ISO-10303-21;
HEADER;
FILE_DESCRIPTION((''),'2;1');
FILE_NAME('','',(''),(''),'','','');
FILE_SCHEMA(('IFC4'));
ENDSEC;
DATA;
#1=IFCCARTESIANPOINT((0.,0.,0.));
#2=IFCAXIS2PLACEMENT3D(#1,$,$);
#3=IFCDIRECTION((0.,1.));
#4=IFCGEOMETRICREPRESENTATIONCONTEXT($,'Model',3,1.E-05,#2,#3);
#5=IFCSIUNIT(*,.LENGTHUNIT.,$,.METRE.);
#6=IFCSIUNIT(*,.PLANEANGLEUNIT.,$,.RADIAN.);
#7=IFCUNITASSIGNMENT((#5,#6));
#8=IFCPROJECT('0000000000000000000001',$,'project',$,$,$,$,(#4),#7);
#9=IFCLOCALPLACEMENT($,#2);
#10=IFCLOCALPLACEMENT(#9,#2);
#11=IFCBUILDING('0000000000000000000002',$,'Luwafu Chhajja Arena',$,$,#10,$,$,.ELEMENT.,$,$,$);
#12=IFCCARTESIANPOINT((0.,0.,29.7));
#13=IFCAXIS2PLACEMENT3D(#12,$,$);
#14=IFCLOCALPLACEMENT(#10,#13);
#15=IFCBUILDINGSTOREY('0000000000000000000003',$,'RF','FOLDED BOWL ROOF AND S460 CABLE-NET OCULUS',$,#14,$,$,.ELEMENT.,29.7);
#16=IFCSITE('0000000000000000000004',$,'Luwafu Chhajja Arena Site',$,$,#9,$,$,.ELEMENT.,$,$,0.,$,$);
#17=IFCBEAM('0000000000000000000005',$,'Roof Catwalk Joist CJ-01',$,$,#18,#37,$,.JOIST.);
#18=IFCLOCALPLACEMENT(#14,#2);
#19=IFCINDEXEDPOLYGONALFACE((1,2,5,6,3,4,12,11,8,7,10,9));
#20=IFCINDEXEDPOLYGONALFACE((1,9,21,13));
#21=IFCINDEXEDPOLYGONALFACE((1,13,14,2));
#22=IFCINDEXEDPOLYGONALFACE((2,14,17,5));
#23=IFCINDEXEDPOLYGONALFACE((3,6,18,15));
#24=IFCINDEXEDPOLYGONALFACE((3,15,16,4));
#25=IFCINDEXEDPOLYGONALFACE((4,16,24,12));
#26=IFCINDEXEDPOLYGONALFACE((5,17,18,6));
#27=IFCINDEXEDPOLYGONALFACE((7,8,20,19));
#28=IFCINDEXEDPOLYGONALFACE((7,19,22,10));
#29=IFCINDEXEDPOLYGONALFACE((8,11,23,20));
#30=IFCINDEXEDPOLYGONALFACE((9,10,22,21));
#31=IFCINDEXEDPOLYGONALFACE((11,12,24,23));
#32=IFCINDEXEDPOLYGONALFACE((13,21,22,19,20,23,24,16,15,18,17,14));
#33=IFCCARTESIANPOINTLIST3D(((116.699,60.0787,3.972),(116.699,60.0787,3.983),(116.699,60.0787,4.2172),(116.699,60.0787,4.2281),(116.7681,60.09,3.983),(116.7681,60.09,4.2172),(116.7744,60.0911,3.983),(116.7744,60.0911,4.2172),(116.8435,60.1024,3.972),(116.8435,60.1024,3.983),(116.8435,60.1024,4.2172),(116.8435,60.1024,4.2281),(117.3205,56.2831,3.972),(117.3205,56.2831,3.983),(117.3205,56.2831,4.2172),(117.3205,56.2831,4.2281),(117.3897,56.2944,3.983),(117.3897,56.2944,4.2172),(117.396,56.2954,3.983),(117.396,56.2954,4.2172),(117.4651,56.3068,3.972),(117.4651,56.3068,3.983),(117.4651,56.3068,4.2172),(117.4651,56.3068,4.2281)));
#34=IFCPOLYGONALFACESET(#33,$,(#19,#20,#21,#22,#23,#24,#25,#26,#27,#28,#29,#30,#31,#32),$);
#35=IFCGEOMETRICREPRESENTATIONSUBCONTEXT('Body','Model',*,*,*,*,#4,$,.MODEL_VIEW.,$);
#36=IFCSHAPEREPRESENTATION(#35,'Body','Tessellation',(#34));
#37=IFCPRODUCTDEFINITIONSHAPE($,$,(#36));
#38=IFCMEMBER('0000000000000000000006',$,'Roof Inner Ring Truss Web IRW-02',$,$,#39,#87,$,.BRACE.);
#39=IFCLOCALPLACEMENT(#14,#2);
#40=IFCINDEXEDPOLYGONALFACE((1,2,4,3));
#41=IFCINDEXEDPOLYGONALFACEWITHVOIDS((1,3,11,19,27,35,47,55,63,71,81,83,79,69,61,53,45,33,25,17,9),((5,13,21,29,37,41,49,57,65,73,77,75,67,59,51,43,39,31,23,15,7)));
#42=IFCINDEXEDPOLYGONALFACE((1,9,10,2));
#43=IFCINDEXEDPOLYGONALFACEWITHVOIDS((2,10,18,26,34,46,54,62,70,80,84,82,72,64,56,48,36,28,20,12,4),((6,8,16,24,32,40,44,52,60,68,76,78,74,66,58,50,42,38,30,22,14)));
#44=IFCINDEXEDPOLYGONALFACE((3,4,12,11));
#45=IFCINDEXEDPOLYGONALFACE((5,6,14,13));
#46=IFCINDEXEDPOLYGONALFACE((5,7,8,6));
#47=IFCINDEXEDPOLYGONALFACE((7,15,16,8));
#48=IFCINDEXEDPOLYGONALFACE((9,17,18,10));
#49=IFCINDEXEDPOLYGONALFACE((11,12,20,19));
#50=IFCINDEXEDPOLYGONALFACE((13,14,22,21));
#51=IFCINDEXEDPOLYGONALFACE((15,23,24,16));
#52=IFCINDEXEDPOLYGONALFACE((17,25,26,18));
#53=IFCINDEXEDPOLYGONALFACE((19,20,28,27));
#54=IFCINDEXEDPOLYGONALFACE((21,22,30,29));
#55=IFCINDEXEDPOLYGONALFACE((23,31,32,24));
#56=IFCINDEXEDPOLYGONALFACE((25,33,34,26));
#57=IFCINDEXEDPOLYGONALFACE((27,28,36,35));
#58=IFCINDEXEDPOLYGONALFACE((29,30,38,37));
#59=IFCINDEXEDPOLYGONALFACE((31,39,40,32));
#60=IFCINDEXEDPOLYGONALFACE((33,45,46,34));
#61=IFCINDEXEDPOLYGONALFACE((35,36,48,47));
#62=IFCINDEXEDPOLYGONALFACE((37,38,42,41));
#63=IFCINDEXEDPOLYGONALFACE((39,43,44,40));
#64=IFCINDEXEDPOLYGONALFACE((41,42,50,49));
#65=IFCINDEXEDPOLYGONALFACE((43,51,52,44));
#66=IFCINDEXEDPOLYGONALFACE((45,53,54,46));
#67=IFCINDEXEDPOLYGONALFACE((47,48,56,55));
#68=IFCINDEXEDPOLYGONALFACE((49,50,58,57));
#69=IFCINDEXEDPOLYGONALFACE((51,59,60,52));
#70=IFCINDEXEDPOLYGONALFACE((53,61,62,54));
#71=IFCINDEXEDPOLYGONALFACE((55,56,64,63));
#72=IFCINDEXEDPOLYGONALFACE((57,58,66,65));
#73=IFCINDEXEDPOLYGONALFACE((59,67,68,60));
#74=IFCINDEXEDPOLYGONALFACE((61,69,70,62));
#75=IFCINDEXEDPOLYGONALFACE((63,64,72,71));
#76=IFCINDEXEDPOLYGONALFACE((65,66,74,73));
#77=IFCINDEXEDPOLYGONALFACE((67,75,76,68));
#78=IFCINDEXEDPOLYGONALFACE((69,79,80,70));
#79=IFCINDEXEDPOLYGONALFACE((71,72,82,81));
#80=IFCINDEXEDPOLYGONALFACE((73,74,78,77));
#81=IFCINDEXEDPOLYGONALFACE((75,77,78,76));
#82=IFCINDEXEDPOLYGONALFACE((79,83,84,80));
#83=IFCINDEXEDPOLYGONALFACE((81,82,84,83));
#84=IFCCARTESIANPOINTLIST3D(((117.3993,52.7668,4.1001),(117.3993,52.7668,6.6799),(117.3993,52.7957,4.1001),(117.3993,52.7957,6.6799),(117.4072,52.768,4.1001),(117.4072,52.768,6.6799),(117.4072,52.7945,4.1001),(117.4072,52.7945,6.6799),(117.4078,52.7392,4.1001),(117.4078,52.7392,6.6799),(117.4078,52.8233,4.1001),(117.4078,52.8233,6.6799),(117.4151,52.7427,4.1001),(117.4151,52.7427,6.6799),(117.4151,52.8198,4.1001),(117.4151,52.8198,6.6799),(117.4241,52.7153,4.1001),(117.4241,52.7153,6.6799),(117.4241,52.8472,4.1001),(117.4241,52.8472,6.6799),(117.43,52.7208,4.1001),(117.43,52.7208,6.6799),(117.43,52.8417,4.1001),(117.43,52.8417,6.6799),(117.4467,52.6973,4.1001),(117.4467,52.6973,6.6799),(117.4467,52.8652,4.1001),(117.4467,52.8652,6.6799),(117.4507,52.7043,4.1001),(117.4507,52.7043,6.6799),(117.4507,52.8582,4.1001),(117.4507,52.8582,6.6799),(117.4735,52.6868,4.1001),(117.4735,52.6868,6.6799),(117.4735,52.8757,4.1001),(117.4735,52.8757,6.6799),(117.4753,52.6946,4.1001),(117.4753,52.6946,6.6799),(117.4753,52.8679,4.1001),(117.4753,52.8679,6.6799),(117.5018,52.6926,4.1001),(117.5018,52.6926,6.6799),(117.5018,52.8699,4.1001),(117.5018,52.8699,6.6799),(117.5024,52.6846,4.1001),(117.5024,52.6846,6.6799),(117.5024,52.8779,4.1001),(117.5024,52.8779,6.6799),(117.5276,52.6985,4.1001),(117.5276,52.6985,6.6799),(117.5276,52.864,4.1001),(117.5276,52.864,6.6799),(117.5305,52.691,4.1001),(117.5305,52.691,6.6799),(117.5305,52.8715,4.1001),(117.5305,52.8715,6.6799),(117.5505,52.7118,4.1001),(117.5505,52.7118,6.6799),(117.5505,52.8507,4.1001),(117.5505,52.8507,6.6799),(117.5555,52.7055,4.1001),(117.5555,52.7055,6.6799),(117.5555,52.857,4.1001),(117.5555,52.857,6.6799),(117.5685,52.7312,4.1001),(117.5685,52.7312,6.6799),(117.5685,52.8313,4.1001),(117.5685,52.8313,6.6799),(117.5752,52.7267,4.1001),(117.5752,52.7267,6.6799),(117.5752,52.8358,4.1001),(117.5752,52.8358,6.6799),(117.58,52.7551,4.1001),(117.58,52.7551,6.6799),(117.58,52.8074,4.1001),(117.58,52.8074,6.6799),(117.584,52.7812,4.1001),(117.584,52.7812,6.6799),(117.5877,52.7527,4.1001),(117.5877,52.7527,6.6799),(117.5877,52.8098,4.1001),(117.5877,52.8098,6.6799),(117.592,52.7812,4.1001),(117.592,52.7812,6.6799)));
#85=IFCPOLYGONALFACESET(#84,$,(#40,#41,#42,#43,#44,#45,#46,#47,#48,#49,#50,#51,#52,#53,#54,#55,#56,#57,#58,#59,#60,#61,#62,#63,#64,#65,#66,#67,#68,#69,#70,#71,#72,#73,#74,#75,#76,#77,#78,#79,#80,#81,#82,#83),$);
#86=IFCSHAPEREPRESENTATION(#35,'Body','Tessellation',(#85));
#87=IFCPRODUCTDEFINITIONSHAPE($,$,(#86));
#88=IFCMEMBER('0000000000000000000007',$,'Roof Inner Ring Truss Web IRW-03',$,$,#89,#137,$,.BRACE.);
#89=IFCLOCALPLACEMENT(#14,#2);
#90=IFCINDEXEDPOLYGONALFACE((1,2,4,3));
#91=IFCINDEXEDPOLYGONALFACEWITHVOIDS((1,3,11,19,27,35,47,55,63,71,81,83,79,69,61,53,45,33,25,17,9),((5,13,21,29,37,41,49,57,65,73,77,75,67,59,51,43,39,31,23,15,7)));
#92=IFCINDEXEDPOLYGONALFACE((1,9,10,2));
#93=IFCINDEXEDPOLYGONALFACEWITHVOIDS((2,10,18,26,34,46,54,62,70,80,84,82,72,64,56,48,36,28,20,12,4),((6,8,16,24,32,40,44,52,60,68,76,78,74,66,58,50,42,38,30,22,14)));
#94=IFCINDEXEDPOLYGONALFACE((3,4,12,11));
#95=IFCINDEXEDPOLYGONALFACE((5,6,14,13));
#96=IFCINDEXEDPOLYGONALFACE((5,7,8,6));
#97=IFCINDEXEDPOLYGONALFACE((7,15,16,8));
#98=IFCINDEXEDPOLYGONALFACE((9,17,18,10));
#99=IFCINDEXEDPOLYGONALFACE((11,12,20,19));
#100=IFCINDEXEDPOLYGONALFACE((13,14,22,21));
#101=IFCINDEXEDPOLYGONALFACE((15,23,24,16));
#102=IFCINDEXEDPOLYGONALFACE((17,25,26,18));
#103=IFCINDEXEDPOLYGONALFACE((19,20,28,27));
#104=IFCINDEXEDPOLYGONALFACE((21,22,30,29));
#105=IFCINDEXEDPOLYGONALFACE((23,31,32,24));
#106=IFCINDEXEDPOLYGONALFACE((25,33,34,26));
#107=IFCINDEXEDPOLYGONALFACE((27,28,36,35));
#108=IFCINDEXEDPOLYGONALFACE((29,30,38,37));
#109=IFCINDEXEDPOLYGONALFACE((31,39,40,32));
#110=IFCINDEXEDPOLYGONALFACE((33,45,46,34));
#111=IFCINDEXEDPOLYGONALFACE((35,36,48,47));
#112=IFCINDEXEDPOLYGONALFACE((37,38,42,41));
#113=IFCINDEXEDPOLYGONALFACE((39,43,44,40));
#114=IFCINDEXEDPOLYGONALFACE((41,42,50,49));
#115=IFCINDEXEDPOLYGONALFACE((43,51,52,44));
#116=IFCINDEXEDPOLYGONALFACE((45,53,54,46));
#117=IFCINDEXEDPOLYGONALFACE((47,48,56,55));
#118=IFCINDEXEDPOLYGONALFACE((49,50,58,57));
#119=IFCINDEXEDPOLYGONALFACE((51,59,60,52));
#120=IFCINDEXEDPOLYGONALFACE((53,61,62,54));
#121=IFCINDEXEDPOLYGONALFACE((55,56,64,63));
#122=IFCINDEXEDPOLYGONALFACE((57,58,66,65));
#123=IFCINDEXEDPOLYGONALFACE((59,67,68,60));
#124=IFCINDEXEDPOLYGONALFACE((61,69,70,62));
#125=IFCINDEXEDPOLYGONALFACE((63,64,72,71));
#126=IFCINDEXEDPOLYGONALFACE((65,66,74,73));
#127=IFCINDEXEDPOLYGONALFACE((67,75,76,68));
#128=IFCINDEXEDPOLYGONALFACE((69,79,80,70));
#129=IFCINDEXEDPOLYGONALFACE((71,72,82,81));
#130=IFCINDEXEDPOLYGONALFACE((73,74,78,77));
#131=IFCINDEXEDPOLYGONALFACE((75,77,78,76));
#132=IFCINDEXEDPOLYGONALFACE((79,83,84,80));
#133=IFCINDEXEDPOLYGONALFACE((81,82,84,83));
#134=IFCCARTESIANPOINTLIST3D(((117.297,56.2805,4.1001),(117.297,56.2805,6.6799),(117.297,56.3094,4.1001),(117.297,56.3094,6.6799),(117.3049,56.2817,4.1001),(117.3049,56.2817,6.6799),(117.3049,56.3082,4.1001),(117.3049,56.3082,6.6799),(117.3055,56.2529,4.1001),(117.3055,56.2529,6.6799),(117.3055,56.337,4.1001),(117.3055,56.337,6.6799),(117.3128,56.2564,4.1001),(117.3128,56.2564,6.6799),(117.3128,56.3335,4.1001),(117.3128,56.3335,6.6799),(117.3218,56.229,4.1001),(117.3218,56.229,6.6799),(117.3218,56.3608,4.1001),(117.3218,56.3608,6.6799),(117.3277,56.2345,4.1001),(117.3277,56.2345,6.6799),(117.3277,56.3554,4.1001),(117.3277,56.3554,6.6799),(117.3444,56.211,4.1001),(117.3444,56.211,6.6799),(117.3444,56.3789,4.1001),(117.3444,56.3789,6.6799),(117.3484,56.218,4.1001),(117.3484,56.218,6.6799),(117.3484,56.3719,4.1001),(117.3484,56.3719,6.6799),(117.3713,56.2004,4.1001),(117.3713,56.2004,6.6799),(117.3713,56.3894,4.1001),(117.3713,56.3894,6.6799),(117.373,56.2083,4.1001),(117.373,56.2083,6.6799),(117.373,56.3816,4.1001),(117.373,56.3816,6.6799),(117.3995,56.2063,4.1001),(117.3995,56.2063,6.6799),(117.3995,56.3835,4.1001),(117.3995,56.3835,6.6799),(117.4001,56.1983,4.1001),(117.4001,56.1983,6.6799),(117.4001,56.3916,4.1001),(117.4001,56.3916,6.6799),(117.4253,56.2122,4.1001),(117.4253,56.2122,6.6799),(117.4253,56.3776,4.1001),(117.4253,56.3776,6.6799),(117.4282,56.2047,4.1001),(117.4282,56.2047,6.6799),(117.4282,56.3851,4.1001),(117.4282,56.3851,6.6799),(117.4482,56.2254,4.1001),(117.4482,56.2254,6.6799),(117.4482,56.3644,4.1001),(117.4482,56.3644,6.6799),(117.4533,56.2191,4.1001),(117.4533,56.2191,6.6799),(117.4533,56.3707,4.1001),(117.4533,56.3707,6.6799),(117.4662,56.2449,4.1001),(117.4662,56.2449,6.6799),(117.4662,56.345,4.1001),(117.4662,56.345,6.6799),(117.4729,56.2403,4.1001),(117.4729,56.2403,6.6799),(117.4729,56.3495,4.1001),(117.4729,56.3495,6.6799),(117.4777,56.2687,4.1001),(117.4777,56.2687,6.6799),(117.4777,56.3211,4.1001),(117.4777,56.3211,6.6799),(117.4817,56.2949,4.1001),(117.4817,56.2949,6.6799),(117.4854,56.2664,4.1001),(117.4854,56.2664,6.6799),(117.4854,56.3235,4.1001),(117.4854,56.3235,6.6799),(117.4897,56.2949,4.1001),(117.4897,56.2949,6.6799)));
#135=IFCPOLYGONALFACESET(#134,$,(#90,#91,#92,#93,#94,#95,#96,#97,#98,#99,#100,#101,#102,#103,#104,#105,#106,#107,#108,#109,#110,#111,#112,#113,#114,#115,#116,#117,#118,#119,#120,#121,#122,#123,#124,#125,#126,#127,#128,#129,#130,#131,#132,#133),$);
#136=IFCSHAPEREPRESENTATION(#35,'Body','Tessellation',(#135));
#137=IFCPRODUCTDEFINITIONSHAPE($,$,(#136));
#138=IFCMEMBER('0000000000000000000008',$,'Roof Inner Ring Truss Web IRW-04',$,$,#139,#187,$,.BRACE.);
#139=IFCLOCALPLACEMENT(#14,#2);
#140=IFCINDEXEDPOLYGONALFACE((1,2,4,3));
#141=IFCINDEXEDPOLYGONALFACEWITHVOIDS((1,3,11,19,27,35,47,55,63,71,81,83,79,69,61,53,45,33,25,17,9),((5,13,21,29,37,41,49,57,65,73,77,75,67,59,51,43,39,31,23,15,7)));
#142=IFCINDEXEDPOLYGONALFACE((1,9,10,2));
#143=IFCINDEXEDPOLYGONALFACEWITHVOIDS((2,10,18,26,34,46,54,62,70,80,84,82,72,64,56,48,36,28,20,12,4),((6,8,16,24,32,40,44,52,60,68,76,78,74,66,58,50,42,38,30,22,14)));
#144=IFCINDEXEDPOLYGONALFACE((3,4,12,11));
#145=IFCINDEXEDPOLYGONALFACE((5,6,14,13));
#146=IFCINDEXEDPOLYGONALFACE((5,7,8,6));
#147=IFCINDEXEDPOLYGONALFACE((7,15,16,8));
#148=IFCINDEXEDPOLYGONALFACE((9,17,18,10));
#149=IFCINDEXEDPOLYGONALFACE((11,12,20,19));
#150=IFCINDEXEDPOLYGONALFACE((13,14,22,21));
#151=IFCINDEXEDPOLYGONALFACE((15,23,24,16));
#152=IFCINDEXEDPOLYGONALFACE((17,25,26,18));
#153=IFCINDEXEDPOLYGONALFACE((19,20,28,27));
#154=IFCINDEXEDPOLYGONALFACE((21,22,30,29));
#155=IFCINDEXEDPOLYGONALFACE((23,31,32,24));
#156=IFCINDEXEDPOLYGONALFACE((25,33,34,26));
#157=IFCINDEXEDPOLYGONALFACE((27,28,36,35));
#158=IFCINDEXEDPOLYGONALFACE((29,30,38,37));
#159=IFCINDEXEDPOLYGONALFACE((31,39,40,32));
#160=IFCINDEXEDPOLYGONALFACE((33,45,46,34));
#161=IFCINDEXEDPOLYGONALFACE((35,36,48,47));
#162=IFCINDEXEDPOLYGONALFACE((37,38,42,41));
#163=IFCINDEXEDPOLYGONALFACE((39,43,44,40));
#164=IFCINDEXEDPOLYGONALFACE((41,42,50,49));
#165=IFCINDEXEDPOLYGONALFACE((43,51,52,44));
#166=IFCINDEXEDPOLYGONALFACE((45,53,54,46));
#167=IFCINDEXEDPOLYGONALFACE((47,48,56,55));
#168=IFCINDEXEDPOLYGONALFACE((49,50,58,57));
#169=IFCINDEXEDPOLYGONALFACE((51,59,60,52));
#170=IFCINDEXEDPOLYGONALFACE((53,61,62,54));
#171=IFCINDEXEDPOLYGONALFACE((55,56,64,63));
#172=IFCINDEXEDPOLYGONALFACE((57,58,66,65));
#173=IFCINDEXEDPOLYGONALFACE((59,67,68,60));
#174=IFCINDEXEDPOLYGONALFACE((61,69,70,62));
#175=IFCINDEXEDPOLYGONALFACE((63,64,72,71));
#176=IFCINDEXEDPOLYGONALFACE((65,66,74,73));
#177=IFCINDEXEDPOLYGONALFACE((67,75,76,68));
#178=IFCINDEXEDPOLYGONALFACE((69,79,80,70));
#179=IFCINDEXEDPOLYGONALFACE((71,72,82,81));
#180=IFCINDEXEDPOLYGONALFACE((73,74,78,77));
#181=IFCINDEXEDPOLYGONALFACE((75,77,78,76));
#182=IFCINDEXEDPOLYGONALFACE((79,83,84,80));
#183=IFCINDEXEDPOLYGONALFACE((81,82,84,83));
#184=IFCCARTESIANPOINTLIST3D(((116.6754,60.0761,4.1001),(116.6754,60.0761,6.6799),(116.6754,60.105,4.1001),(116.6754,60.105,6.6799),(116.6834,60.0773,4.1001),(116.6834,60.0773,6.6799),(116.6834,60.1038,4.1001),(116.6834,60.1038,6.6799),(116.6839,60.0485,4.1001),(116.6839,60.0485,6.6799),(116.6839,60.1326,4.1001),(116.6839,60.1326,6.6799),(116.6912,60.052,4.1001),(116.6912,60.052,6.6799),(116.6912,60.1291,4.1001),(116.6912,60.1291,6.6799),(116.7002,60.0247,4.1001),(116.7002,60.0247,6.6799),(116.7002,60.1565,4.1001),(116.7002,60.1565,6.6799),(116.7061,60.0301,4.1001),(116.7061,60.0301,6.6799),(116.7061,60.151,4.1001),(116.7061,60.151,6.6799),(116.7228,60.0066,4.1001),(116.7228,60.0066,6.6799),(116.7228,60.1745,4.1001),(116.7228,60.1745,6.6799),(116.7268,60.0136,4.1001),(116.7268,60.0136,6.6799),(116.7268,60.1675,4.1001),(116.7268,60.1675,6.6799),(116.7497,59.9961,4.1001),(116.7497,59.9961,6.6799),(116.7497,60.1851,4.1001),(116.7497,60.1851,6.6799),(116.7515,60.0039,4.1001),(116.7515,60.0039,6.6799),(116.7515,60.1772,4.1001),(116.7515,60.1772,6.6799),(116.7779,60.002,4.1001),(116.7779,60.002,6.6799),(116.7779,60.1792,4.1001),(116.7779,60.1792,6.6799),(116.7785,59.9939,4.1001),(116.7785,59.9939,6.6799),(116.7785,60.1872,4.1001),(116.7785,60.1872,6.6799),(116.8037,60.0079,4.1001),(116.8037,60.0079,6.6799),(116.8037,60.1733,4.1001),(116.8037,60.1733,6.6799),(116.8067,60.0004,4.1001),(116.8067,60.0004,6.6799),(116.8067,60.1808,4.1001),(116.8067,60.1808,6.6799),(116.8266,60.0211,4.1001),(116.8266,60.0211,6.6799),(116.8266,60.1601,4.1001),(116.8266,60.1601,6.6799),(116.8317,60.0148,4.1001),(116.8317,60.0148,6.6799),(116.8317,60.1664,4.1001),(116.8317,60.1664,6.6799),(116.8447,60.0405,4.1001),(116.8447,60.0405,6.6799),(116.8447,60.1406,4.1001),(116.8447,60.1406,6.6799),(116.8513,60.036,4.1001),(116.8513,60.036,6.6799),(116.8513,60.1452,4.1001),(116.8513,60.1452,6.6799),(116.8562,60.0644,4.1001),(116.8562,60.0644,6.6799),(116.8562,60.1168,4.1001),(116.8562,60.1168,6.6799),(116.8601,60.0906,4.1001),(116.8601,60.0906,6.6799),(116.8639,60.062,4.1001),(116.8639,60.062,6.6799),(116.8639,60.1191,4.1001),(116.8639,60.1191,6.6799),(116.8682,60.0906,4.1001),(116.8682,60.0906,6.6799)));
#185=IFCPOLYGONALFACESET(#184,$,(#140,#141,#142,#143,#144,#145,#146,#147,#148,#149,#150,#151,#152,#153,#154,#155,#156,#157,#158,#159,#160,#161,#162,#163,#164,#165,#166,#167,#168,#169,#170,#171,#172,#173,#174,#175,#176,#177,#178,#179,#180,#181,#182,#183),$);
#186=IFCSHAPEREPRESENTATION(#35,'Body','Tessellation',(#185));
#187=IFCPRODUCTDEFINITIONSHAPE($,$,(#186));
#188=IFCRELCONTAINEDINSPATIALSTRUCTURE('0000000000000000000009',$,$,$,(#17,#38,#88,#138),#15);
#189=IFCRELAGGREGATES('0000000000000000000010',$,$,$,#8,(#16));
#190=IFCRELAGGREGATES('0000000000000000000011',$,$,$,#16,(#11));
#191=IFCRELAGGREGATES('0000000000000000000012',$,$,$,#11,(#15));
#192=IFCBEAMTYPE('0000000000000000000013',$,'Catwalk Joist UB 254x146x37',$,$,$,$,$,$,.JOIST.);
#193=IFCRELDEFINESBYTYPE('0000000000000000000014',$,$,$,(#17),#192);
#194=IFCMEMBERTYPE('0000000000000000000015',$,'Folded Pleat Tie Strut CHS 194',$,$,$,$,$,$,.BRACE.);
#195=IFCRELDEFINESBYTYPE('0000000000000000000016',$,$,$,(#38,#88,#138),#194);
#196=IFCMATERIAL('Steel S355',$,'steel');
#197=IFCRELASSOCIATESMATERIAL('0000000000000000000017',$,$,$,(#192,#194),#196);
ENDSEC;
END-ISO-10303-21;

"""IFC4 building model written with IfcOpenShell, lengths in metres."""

from ifc_helpers import new_model, si_unit, direction, frame, origin, origin_2d, place, context, subcontext, project, spatial, hollow_circle, i_section, extrude, material, material_profile, profile_set, type_object, element, save


model = new_model("IFC4")

# Units and contexts
model_context = context("Model", 3, precision=1e-05, world=origin(), true_north=direction((0.0, 1.0)))
body_context = subcontext(model_context, "Body", "Model", "MODEL_VIEW")
ifc_project = project(units=[si_unit("LENGTHUNIT", "METRE"), si_unit("PLANEANGLEUNIT", "RADIAN")], contexts=[model_context])

# Site, building, storey
site_placement = place(None, origin())
site = spatial("IfcSite", under=ifc_project, at=site_placement, Name="Luwafu Chhajja Arena Site", CompositionType="ELEMENT", RefElevation=0.0)
building_placement = place(site_placement, origin())
building = spatial("IfcBuilding", under=site, at=building_placement, Name="Luwafu Chhajja Arena", CompositionType="ELEMENT")
storey_placement = place(building_placement, frame((0.0, 0.0, 29.7)))
storey = spatial("IfcBuildingStorey", under=building, at=storey_placement, Name="RF", Description="FOLDED BOWL ROOF AND S460 CABLE-NET OCULUS", CompositionType="ELEMENT", Elevation=29.7)

# Beam
ifc_material_1 = material(Name="Steel S355", Category="steel")
ifc_material_profile_1 = material_profile(ifc_material_1, i_section(OverallWidth=0.1465, OverallDepth=0.2561, WebThickness=0.0063, FlangeThickness=0.011, at=origin_2d()), Name="UB 254x146x37")
ifc_profile_set_1 = profile_set([ifc_material_profile_1], Name="Steel S355")
beam_type_1 = type_object("IfcBeamType", Name="Catwalk Joist UB 254x146x37", PredefinedType="JOIST", material=ifc_profile_set_1)
beam_1_placement = place(storey_placement, frame((117.3928, 56.2949, 4.1001), z_axis=(-0.161609, 0.986855, 0.0), x_axis=(-0.986855, -0.161609, 0.0)))
element("IfcBeam", 1, at=beam_1_placement, inside=storey, type_object=beam_type_1, Name="Roof Catwalk Joist CJ-01", PredefinedType="JOIST", context=body_context, shape_type="SweptSolid", body=[
    extrude(i_section(OverallWidth=0.1465, OverallDepth=0.2561, WebThickness=0.0063, FlangeThickness=0.011, at=origin_2d()), origin(), (0.0, 0.0, 1.0), 3.8462),
])

# Members
ifc_material_profile_2 = material_profile(ifc_material_1, hollow_circle(Radius=0.0969, WallThickness=0.0081, at=origin_2d()), Name="CHS 193.7x8")
ifc_profile_set_2 = profile_set([ifc_material_profile_2], Name="Steel S355")
member_type_1 = type_object("IfcMemberType", Name="Folded Pleat Tie Strut CHS 194", PredefinedType="BRACE", material=ifc_profile_set_2)
for number, where, z_axis, x_axis, name in (
    (2, (117.4951, 52.7812, 4.1001), (0.0, 0.0, 1.0), (1.0, 0.0, 0.0), "Roof Inner Ring Truss Web IRW-02"),
    (3, (117.3928, 56.2949, 4.1001), (0.0, 0.0, 1.0), (1.0, 0.0, 0.0), "Roof Inner Ring Truss Web IRW-03"),
    (4, (116.7712, 60.0906, 4.1001), (0.0, 0.0, 1.0), (1.0, 0.0, 0.0), "Roof Inner Ring Truss Web IRW-04"),
):
    element("IfcMember", number, at=place(storey_placement, frame(where, z_axis=z_axis, x_axis=x_axis)), inside=storey, type_object=member_type_1, Name=name, PredefinedType="BRACE", context=body_context, shape_type="SweptSolid", body=[
        extrude(hollow_circle(Radius=0.0969, WallThickness=0.0081, at=origin_2d()), origin(), (0.0, 0.0, 1.0), 2.5798),
    ])

save(model, "model.ifc")
